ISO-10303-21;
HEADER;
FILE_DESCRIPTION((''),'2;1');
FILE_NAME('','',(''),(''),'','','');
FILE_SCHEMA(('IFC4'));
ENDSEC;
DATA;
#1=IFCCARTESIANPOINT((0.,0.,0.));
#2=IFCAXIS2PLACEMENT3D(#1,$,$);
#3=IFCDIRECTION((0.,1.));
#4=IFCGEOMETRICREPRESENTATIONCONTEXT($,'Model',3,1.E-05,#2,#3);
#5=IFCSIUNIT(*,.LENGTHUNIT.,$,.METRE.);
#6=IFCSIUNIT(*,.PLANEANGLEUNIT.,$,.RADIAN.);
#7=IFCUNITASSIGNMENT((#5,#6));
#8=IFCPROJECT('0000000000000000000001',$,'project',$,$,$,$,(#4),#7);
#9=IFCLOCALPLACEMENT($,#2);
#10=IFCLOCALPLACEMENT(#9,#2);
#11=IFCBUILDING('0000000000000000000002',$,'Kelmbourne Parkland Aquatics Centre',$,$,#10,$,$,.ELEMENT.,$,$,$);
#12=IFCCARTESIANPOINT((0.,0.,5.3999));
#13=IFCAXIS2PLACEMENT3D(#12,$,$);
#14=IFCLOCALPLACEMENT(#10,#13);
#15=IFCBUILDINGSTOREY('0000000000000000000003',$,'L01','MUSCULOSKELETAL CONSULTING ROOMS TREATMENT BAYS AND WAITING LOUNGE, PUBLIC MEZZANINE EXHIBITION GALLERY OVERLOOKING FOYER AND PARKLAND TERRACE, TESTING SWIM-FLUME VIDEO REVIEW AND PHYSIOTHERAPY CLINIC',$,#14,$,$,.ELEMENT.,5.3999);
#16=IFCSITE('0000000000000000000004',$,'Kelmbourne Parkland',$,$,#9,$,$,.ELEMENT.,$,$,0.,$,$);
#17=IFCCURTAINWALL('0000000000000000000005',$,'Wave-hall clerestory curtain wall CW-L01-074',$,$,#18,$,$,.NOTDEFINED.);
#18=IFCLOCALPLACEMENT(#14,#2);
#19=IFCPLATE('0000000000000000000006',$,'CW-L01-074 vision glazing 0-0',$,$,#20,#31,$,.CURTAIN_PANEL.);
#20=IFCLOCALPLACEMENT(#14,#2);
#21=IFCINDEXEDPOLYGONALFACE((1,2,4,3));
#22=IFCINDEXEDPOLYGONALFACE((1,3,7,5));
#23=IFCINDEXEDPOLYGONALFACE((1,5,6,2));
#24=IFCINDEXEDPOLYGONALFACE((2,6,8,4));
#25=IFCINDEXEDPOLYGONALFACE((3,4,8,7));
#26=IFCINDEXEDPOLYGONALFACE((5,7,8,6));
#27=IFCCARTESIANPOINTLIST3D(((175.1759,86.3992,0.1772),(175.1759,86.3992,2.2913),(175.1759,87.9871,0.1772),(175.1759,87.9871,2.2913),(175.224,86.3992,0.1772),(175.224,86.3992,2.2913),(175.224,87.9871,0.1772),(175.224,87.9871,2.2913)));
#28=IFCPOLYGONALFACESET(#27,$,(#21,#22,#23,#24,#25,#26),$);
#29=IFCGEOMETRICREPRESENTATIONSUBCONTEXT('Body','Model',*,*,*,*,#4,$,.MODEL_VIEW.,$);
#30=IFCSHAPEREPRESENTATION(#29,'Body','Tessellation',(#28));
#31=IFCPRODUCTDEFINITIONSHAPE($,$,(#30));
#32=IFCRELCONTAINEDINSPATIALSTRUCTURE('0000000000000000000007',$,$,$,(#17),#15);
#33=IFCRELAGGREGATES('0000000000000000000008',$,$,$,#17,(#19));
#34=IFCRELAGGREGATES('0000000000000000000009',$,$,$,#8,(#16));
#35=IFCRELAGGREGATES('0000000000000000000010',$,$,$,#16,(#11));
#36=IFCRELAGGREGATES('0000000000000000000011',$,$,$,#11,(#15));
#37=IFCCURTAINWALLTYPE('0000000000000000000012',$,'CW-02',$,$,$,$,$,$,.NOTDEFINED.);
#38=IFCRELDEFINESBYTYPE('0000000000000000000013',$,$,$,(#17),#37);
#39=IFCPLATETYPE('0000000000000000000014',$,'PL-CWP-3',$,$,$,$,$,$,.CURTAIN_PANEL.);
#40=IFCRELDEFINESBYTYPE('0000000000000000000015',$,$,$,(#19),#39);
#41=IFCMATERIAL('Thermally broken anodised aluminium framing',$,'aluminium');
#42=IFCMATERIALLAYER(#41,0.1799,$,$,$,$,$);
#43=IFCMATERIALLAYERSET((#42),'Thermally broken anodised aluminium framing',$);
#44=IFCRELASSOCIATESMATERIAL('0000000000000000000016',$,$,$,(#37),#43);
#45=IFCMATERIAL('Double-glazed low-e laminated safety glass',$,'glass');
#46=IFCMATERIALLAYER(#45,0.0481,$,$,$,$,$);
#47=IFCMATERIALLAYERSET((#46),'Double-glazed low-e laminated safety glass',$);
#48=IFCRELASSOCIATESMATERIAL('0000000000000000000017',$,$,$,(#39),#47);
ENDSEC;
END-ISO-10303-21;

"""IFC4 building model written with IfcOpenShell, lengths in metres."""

from ifc_helpers import new_model, si_unit, direction, frame, origin, origin_2d, place, context, subcontext, project, spatial, rectangle, extrude, material, layer, layer_set, type_object, element, aggregate, save


model = new_model("IFC4")

# Units and contexts
model_context = context("Model", 3, precision=1e-05, world=origin(), true_north=direction((0.0, 1.0)))
body_context = subcontext(model_context, "Body", "Model", "MODEL_VIEW")
ifc_project = project(units=[si_unit("LENGTHUNIT", "METRE"), si_unit("PLANEANGLEUNIT", "RADIAN")], contexts=[model_context])

# Site, building, storey
site_placement = place(None, origin())
site = spatial("IfcSite", under=ifc_project, at=site_placement, Name="Kelmbourne Parkland", CompositionType="ELEMENT", RefElevation=0.0)
building_placement = place(site_placement, origin())
building = spatial("IfcBuilding", under=site, at=building_placement, Name="Kelmbourne Parkland Aquatics Centre", CompositionType="ELEMENT")
storey_placement = place(building_placement, frame((0.0, 0.0, 5.3999)))
storey = spatial("IfcBuildingStorey", under=building, at=storey_placement, Name="L01", Description="MUSCULOSKELETAL CONSULTING ROOMS TREATMENT BAYS AND WAITING LOUNGE, PUBLIC MEZZANINE EXHIBITION GALLERY OVERLOOKING FOYER AND PARKLAND TERRACE, TESTING SWIM-FLUME VIDEO REVIEW AND PHYSIOTHERAPY CLINIC", CompositionType="ELEMENT", Elevation=5.3999)

# Shared definitions
ifc_material_1 = material(Name="Thermally broken anodised aluminium framing", Category="aluminium")

# Curtain wall
ifc_layer_1 = layer(ifc_material_1, 0.1799)
ifc_layer_set_1 = layer_set([ifc_layer_1], Name="Thermally broken anodised aluminium framing")
curtain_wall_type_1 = type_object("IfcCurtainWallType", Name="CW-02", PredefinedType="NOTDEFINED", material=ifc_layer_set_1)
curtain_wall_1_placement = place(storey_placement, origin())
curtain_wall_1 = element("IfcCurtainWall", 1, at=curtain_wall_1_placement, inside=storey, type_object=curtain_wall_type_1, Name="Wave-hall clerestory curtain wall CW-L01-074", PredefinedType="NOTDEFINED")

# Plate
ifc_material_2 = material(Name="Double-glazed low-e laminated safety glass", Category="glass")
ifc_layer_2 = layer(ifc_material_2, 0.0481)
ifc_layer_set_2 = layer_set([ifc_layer_2], Name="Double-glazed low-e laminated safety glass")
plate_type_1 = type_object("IfcPlateType", Name="PL-CWP-3", PredefinedType="CURTAIN_PANEL", material=ifc_layer_set_2)
plate_1_placement = place(storey_placement, frame((175.2, 87.1931, 0.1772), z_axis=(0.0, 0.0, 1.0), x_axis=(0.0, 1.0, 0.0)))
plate_1 = element("IfcPlate", 2, at=plate_1_placement, type_object=plate_type_1, Name="CW-L01-074 vision glazing 0-0", PredefinedType="CURTAIN_PANEL", context=body_context, shape_type="SweptSolid", body=[
    extrude(rectangle(XDim=1.5879, YDim=0.0481, at=origin_2d()), origin(), (0.0, 0.0, 1.0), 2.114),
])
aggregate(curtain_wall_1, [plate_1])

save(model, "model.ifc")
